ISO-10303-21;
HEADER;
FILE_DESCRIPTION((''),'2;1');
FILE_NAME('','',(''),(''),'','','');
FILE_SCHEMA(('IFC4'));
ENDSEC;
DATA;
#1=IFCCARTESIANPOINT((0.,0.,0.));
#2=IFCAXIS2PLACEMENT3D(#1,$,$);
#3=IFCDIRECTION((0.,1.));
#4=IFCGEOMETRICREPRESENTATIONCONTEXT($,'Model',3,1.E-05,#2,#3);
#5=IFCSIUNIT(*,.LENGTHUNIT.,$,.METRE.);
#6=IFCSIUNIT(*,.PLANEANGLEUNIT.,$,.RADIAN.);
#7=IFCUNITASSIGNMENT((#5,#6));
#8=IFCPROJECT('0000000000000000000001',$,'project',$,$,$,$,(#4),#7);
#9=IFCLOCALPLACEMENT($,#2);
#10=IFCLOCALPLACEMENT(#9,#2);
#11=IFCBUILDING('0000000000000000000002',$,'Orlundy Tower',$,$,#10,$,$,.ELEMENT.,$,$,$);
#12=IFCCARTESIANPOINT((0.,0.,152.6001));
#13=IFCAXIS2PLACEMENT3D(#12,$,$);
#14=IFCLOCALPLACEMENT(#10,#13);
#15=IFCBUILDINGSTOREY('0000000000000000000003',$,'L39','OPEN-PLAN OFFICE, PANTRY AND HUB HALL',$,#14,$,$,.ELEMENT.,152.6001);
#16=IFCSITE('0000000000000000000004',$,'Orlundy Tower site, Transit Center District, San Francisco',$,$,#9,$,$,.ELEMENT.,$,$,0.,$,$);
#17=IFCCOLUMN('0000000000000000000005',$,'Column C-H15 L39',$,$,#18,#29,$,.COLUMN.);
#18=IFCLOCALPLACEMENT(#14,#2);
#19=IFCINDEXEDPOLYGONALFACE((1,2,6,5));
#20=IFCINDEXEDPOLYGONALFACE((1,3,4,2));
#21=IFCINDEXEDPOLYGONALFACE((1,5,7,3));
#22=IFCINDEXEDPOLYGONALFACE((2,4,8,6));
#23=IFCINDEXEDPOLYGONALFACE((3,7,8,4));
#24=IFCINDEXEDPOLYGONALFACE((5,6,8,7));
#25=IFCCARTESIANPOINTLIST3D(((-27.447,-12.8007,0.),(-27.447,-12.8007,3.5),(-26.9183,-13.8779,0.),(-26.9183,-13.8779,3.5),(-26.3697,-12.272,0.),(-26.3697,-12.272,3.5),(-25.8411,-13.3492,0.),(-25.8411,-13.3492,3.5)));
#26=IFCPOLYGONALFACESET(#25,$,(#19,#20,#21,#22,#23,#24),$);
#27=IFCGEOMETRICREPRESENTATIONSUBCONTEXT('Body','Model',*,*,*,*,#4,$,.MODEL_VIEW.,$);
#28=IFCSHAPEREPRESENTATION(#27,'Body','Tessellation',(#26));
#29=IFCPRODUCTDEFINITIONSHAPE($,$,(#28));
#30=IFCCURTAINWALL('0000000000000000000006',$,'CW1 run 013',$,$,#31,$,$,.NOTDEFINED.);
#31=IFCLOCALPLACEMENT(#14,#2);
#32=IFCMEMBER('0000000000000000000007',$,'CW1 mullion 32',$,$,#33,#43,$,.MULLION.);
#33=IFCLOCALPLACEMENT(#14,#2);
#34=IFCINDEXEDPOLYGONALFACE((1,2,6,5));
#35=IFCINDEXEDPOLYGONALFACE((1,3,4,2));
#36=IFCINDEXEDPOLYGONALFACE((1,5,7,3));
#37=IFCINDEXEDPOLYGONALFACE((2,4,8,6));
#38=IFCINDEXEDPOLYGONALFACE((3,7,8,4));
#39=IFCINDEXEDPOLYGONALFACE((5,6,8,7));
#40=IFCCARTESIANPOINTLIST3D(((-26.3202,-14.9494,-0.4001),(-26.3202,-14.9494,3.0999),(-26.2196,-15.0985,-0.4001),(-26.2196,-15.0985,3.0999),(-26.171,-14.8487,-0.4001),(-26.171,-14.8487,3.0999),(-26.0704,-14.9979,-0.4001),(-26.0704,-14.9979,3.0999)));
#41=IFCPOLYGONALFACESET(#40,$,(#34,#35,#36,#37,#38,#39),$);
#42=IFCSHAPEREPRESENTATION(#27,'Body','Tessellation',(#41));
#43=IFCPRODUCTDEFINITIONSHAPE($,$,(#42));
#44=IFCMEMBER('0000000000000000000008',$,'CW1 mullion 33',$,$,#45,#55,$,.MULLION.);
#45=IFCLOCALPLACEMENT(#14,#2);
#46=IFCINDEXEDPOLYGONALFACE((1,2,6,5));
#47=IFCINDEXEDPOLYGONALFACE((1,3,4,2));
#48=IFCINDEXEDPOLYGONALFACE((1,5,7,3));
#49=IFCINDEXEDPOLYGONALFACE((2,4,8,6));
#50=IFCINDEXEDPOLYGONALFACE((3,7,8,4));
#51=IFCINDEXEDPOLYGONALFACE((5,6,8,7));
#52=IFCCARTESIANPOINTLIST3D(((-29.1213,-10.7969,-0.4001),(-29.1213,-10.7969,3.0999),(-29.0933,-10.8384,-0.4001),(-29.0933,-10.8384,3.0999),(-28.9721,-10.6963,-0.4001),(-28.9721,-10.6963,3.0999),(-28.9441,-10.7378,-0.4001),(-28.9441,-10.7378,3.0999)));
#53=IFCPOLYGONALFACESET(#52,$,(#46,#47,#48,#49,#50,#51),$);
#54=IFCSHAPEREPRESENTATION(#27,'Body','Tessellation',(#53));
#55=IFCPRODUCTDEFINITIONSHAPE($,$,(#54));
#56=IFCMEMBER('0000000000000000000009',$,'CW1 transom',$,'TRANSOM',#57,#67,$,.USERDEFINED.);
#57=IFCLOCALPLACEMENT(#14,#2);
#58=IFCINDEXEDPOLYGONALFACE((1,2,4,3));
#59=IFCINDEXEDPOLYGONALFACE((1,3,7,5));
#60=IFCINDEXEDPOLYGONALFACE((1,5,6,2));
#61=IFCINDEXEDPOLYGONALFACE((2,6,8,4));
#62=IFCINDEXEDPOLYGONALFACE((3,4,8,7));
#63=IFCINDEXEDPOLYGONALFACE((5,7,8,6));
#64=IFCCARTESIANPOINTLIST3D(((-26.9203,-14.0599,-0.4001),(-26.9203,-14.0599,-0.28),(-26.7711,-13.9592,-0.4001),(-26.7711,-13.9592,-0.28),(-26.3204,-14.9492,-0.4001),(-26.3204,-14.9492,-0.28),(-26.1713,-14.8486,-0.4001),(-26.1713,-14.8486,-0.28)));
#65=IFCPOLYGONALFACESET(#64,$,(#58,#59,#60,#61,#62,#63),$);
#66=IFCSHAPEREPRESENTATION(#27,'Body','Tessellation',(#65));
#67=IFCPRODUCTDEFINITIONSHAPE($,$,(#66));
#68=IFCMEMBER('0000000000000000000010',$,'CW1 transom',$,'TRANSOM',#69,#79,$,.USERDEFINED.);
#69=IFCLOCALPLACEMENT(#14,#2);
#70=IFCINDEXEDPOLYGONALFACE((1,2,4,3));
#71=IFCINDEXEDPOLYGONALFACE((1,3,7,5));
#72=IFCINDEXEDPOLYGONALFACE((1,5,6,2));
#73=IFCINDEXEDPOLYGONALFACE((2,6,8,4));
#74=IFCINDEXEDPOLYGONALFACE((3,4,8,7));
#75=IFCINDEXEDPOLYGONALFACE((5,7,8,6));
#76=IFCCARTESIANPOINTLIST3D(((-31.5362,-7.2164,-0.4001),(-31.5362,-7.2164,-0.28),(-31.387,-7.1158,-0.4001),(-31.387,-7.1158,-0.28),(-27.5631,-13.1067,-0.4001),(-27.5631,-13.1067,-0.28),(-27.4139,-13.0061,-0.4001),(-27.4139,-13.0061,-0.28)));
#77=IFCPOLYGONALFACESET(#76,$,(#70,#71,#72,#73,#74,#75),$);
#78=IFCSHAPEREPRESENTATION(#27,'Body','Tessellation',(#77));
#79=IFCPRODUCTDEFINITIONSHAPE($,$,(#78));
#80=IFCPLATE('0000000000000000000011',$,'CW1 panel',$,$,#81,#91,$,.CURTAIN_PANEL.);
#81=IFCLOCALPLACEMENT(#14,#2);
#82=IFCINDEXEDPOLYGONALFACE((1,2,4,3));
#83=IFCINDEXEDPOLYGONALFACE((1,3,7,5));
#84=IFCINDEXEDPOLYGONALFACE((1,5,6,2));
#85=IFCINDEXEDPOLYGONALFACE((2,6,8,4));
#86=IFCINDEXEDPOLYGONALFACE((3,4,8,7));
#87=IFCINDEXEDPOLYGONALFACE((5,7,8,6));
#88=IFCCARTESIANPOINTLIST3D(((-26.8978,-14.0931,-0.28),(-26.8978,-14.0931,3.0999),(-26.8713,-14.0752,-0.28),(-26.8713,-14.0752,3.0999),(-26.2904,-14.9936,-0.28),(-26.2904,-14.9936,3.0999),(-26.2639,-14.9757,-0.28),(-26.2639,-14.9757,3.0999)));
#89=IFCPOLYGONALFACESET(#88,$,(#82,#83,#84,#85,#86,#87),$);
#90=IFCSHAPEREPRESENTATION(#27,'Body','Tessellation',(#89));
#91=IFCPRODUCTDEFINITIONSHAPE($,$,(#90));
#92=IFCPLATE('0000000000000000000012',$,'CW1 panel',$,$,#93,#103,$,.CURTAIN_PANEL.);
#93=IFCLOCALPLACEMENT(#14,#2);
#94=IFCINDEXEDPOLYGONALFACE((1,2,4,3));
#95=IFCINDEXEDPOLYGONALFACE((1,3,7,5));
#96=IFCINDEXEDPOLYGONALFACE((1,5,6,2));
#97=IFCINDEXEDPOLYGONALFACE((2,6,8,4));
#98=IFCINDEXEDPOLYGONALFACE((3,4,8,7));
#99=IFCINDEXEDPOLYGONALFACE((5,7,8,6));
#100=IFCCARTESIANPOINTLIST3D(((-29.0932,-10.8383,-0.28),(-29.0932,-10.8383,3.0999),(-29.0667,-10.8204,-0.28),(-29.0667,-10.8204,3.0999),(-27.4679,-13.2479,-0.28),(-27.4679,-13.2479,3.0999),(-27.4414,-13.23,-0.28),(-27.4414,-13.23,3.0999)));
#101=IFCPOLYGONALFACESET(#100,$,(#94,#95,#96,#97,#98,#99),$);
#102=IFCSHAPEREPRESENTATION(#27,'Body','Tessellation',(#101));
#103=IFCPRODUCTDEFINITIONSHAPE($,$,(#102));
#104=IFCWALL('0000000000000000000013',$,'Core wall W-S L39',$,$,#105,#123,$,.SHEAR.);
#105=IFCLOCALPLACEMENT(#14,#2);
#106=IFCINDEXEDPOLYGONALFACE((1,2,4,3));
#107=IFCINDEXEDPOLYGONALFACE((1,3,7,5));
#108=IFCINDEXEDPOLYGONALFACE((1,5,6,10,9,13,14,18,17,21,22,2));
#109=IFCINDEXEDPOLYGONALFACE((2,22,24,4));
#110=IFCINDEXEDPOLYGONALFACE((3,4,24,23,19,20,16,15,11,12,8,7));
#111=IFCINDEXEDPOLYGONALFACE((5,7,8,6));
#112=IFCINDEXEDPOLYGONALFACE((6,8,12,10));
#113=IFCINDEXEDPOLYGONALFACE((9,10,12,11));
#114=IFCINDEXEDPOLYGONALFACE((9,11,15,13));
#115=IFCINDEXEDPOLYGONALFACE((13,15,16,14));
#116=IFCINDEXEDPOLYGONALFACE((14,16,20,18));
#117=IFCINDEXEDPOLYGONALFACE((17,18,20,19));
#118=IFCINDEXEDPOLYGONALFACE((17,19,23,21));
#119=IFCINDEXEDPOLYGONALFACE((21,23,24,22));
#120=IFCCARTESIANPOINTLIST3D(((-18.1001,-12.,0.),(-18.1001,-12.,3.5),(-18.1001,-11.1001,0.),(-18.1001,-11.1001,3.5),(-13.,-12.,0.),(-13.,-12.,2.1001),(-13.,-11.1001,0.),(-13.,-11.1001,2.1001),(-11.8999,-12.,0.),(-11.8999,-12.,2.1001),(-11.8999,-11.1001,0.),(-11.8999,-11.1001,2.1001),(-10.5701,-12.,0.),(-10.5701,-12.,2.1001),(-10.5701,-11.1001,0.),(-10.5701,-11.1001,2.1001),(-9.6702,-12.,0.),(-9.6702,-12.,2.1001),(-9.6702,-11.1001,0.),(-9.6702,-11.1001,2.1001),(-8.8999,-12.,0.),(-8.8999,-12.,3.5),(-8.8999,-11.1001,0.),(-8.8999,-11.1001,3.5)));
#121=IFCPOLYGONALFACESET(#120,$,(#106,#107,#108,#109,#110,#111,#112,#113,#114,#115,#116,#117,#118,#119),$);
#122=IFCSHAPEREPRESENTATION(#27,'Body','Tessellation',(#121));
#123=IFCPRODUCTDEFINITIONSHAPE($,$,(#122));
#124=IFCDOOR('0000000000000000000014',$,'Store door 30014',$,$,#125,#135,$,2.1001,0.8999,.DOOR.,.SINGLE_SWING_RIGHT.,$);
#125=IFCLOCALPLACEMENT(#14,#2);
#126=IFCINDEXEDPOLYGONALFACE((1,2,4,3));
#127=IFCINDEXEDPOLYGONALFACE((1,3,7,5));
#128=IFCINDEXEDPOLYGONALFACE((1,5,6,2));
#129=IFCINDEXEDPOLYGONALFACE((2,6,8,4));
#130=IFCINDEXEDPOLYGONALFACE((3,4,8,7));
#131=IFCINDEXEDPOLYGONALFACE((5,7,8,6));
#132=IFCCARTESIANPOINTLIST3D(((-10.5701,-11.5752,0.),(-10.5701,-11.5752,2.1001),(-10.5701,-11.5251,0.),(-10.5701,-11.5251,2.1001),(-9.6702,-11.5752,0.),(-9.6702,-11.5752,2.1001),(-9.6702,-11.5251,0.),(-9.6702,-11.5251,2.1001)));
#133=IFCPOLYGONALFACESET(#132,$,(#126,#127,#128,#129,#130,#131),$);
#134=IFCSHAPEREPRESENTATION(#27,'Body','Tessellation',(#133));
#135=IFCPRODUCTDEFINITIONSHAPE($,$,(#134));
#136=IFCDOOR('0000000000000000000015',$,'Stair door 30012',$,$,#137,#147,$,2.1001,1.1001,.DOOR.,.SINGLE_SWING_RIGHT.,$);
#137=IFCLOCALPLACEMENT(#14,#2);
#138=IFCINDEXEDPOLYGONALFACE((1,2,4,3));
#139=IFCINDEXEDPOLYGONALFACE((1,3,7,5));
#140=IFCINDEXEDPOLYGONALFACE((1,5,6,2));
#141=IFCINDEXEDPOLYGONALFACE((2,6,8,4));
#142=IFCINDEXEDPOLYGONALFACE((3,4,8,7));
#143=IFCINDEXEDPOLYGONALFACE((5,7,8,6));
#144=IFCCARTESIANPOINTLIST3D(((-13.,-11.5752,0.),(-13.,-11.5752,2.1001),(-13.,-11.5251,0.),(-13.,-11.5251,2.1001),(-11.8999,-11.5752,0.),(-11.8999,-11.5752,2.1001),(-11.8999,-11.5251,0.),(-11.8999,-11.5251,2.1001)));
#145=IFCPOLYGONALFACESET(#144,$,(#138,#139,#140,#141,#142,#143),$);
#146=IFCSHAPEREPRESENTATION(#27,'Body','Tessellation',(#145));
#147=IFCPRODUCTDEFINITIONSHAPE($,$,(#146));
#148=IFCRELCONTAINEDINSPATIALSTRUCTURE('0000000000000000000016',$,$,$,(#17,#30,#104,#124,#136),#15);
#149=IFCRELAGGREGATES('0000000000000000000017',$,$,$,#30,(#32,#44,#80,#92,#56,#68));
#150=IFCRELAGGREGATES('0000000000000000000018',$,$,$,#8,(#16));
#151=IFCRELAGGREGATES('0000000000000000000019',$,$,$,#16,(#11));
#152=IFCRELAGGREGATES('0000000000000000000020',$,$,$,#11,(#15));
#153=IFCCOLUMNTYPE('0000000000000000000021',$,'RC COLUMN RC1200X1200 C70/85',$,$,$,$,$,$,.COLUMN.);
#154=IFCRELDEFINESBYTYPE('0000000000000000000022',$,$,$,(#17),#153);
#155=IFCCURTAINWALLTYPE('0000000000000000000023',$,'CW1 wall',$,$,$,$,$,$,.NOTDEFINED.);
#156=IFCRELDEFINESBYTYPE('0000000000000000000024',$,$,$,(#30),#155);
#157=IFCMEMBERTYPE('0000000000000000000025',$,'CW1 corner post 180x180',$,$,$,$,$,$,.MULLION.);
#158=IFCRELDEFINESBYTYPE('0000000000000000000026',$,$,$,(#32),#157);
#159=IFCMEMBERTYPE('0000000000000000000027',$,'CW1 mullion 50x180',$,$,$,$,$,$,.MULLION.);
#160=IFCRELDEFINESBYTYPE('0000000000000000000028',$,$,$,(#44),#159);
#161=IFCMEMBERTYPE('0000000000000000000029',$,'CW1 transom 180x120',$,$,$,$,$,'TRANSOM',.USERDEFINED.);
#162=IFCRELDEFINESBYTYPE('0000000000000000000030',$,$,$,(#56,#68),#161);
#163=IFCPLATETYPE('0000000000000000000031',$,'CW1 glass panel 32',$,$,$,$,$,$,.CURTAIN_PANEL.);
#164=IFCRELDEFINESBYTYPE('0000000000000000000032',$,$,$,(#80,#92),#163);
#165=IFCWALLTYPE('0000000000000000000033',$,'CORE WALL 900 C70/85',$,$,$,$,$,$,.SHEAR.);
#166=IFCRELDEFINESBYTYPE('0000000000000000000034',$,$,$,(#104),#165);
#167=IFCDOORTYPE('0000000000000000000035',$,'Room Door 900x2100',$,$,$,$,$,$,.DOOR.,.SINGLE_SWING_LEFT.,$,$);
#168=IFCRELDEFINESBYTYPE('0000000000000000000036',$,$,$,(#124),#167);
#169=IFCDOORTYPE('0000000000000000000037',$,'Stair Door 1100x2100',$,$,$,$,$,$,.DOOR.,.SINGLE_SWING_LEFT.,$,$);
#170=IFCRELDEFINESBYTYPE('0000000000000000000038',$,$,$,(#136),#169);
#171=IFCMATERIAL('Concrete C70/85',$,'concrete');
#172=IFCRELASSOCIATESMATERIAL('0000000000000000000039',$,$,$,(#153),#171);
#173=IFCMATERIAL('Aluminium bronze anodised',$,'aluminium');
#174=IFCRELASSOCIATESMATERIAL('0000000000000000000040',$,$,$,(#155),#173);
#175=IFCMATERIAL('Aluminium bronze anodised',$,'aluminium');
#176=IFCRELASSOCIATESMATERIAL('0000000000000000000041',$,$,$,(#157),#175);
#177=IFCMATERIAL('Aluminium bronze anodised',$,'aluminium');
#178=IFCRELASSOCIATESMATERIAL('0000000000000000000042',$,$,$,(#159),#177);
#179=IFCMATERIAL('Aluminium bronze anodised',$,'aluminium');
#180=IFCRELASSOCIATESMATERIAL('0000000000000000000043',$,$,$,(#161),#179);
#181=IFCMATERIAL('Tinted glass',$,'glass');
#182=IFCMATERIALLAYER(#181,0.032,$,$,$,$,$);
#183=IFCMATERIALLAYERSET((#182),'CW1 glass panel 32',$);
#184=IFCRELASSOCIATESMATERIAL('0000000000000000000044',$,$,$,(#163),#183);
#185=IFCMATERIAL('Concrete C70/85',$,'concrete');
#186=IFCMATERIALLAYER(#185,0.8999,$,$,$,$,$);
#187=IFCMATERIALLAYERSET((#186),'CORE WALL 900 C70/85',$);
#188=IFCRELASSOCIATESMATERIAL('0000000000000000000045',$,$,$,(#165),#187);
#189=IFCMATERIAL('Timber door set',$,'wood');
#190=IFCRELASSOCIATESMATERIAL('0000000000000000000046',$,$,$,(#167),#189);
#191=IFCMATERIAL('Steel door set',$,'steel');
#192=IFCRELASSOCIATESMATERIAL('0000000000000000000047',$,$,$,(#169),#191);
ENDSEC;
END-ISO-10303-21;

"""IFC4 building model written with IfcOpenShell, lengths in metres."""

from ifc_helpers import new_model, si_unit, direction, frame, frame_2d, origin, origin_2d, place, context, subcontext, project, spatial, rectangle, extrude, material, layer, layer_set, material_profile, profile_set, type_object, element, fill, aggregate, save


model = new_model("IFC4")

# Units and contexts
model_context = context("Model", 3, precision=1e-05, world=origin(), true_north=direction((0.0, 1.0)))
body_context = subcontext(model_context, "Body", "Model", "MODEL_VIEW")
ifc_project = project(units=[si_unit("LENGTHUNIT", "METRE"), si_unit("PLANEANGLEUNIT", "RADIAN")], contexts=[model_context])

# Site, building, storey
site_placement = place(None, origin())
site = spatial("IfcSite", under=ifc_project, at=site_placement, Name="Orlundy Tower site, Transit Center District, San Francisco", CompositionType="ELEMENT", RefElevation=0.0)
building_placement = place(site_placement, origin())
building = spatial("IfcBuilding", under=site, at=building_placement, Name="Orlundy Tower", CompositionType="ELEMENT")
storey_placement = place(building_placement, frame((0.0, 0.0, 152.6001)))
storey = spatial("IfcBuildingStorey", under=building, at=storey_placement, Name="L39", Description="OPEN-PLAN OFFICE, PANTRY AND HUB HALL", CompositionType="ELEMENT", Elevation=152.6001)

# Column
ifc_material_1 = material(Name="Concrete C70/85", Category="concrete")
ifc_material_profile_1 = material_profile(ifc_material_1, rectangle(XDim=1.2, YDim=1.2, at=origin_2d()), Name="RC1200X1200")
ifc_profile_set_1 = profile_set([ifc_material_profile_1], Name="Concrete C70/85")
column_type = type_object("IfcColumnType", Name="RC COLUMN RC1200X1200 C70/85", PredefinedType="COLUMN", material=ifc_profile_set_1)
column_placement = place(storey_placement, frame((-26.644, -13.075, 0.0), z_axis=(0.0, 0.0, 1.0), x_axis=(-0.897728, -0.44055, 0.0)))
element("IfcColumn", 1, at=column_placement, inside=storey, type_object=column_type, Name="Column C-H15 L39", PredefinedType="COLUMN", context=body_context, shape_type="SweptSolid", body=[
    extrude(rectangle(XDim=1.2, YDim=1.2, at=origin_2d()), origin(), (0.0, 0.0, 1.0), 3.5),
])

# Curtain wall, members, plates
ifc_material_2 = material(Name="Aluminium bronze anodised", Category="aluminium")
curtain_wall_type = type_object("IfcCurtainWallType", Name="CW1 wall", PredefinedType="NOTDEFINED", material=ifc_material_2)
curtain_wall_placement = place(storey_placement, origin())
curtain_wall = element("IfcCurtainWall", 2, at=curtain_wall_placement, inside=storey, type_object=curtain_wall_type, Name="CW1 run 013", PredefinedType="NOTDEFINED")
ifc_material_3 = material(Name="Aluminium bronze anodised", Category="aluminium")
ifc_material_profile_2 = material_profile(ifc_material_3, rectangle(XDim=0.1799, YDim=0.1799, at=origin_2d()), Name="CW1 corner post 180x180")
ifc_profile_set_2 = profile_set([ifc_material_profile_2], Name="Aluminium bronze anodised")
member_type_1 = type_object("IfcMemberType", Name="CW1 corner post 180x180", PredefinedType="MULLION", material=ifc_profile_set_2)
member_1_placement = place(storey_placement, frame((-26.1953, -14.9736, -0.4001), z_axis=(0.0, 0.0, 1.0), x_axis=(-0.829032, -0.559201, 0.0)))
member_1 = element("IfcMember", 3, at=member_1_placement, type_object=member_type_1, Name="CW1 mullion 32", PredefinedType="MULLION", context=body_context, shape_type="SweptSolid", body=[
    extrude(rectangle(XDim=0.1799, YDim=0.1799, at=origin_2d()), origin(), (0.0, 0.0, 1.0), 3.5),
])
ifc_material_4 = material(Name="Aluminium bronze anodised", Category="aluminium")
ifc_material_profile_3 = material_profile(ifc_material_4, rectangle(XDim=0.1799, YDim=0.05, at=origin_2d()), Name="CW1 mullion 50x180")
ifc_profile_set_3 = profile_set([ifc_material_profile_3], Name="Aluminium bronze anodised")
member_type_2 = type_object("IfcMemberType", Name="CW1 mullion 50x180", PredefinedType="MULLION", material=ifc_profile_set_3)
member_2_placement = place(storey_placement, frame((-29.0327, -10.7673, -0.4001), z_axis=(0.0, 0.0, 1.0), x_axis=(-0.829032, -0.559201, 0.0)))
member_2 = element("IfcMember", 4, at=member_2_placement, type_object=member_type_2, Name="CW1 mullion 33", PredefinedType="MULLION", context=body_context, shape_type="SweptSolid", body=[
    extrude(rectangle(XDim=0.1799, YDim=0.05, at=origin_2d()), origin(), (0.0, 0.0, 1.0), 3.5),
])
ifc_material_5 = material(Name="Aluminium bronze anodised", Category="aluminium")
ifc_material_profile_4 = material_profile(ifc_material_5, rectangle(XDim=0.1799, YDim=0.1201, at=origin_2d()), Name="CW1 transom 180x120")
ifc_profile_set_4 = profile_set([ifc_material_profile_4], Name="Aluminium bronze anodised")
member_type_3 = type_object("IfcMemberType", Name="CW1 transom 180x120", ElementType="TRANSOM", PredefinedType="USERDEFINED", material=ifc_profile_set_4)
member_3_placement = place(storey_placement, frame((-26.2458, -14.8989, -0.3401), z_axis=(-0.559156, 0.829062, 0.0), x_axis=(-0.829062, -0.559156, 0.0)))
member_3 = element("IfcMember", 5, at=member_3_placement, type_object=member_type_3, Name="CW1 transom", ObjectType="TRANSOM", PredefinedType="USERDEFINED", context=body_context, shape_type="SweptSolid", body=[
    extrude(rectangle(XDim=0.1799, YDim=0.1201, at=origin_2d()), origin(), (0.0, 0.0, 1.0), 1.0728),
])
member_4_placement = place(storey_placement, frame((-27.4885, -13.0564, -0.3401), z_axis=(-0.559196, 0.829035, 0.0), x_axis=(-0.829035, -0.559196, 0.0)))
member_4 = element("IfcMember", 6, at=member_4_placement, type_object=member_type_3, Name="CW1 transom", ObjectType="TRANSOM", PredefinedType="USERDEFINED", context=body_context, shape_type="SweptSolid", body=[
    extrude(rectangle(XDim=0.1799, YDim=0.1201, at=origin_2d()), origin(), (0.0, 0.0, 1.0), 7.105),
])
ifc_material_6 = material(Name="Tinted glass", Category="glass")
ifc_layer_1 = layer(ifc_material_6, 0.032)
ifc_layer_set_1 = layer_set([ifc_layer_1], Name="CW1 glass panel 32")
plate_type = type_object("IfcPlateType", Name="CW1 glass panel 32", PredefinedType="CURTAIN_PANEL", material=ifc_layer_set_1)
plate_1_placement = place(storey_placement, frame((-26.5808, -14.5344, -0.28), z_axis=(0.0, 0.0, 1.0), x_axis=(-0.559201, 0.829032, 0.0)))
plate_1 = element("IfcPlate", 7, at=plate_1_placement, type_object=plate_type, Name="CW1 panel", PredefinedType="CURTAIN_PANEL", context=body_context, shape_type="SweptSolid", body=[
    extrude(rectangle(XDim=1.0862, YDim=0.032, at=origin_2d()), origin(), (0.0, 0.0, 1.0), 3.3799),
])
plate_2_placement = place(storey_placement, frame((-28.2673, -12.0342, -0.28), z_axis=(0.0, 0.0, 1.0), x_axis=(-0.559201, 0.829032, 0.0)))
plate_2 = element("IfcPlate", 8, at=plate_2_placement, type_object=plate_type, Name="CW1 panel", PredefinedType="CURTAIN_PANEL", context=body_context, shape_type="SweptSolid", body=[
    extrude(rectangle(XDim=2.9065, YDim=0.032, at=origin_2d()), origin(), (0.0, 0.0, 1.0), 3.3799),
])
aggregate(curtain_wall, [member_1, member_2, plate_1, plate_2, member_3, member_4])

# Wall, openings, doors
ifc_material_7 = material(Name="Concrete C70/85", Category="concrete")
ifc_layer_2 = layer(ifc_material_7, 0.8999)
ifc_layer_set_2 = layer_set([ifc_layer_2], Name="CORE WALL 900 C70/85")
wall_type_1 = type_object("IfcWallType", Name="CORE WALL 900 C70/85", PredefinedType="SHEAR", material=ifc_layer_set_2)
wall_1_placement = place(storey_placement, frame((-18.1001, -11.55, 0.0), z_axis=(0.0, 0.0, 1.0), x_axis=(1.0, 0.0, 0.0)))
wall_1 = element("IfcWall", 9, at=wall_1_placement, inside=storey, type_object=wall_type_1, Name="Core wall W-S L39", PredefinedType="SHEAR", context=body_context, shape_type="SweptSolid", body=[
    extrude(rectangle(XDim=9.2002, YDim=0.8999, at=frame_2d((4.6001, 0.0))), origin(), (0.0, 0.0, 1.0), 3.5),
])
opening_1_placement = place(wall_1_placement, frame((5.1001, 0.0, 0.0)))
opening_1 = element("IfcOpeningElement", 10, at=opening_1_placement, cuts=wall_1, PredefinedType="OPENING", context=body_context, shape_type="SweptSolid", body=[
    extrude(rectangle(XDim=1.1001, YDim=2.1001, at=frame_2d((0.55, 1.05))), frame((0.0, 0.46, 0.0), z_axis=(0.0, -1.0, 0.0), x_axis=(1.0, 0.0, 0.0)), (0.0, 0.0, 1.0), 0.9199),
])
opening_2_placement = place(wall_1_placement, frame((7.53, 0.0, 0.0)))
opening_2 = element("IfcOpeningElement", 11, at=opening_2_placement, cuts=wall_1, PredefinedType="OPENING", context=body_context, shape_type="SweptSolid", body=[
    extrude(rectangle(XDim=0.8999, YDim=2.1001, at=frame_2d((0.45, 1.05))), frame((0.0, 0.46, 0.0), z_axis=(0.0, -1.0, 0.0), x_axis=(1.0, 0.0, 0.0)), (0.0, 0.0, 1.0), 0.9199),
])
ifc_material_8 = material(Name="Timber door set", Category="wood")
door_type_1 = type_object("IfcDoorType", Name="Room Door 900x2100", OperationType="SINGLE_SWING_LEFT", PredefinedType="DOOR", material=ifc_material_8)
door_1_placement = place(opening_2_placement, origin())
door_1 = element("IfcDoor", 12, at=door_1_placement, inside=storey, type_object=door_type_1, Name="Store door 30014", OperationType="SINGLE_SWING_RIGHT", OverallHeight=2.1001, OverallWidth=0.8999, PredefinedType="DOOR", context=body_context, shape_type="SweptSolid", body=[
    extrude(rectangle(XDim=0.8999, YDim=2.1001, at=frame_2d((0.45, 1.05))), frame((0.0, 0.0249, 0.0), z_axis=(0.0, -1.0, 0.0), x_axis=(1.0, 0.0, 0.0)), (0.0, 0.0, 1.0), 0.05),
])
fill(opening_2, door_1)
ifc_material_9 = material(Name="Steel door set", Category="steel")
door_type_2 = type_object("IfcDoorType", Name="Stair Door 1100x2100", OperationType="SINGLE_SWING_LEFT", PredefinedType="DOOR", material=ifc_material_9)
door_2_placement = place(opening_1_placement, origin())
door_2 = element("IfcDoor", 13, at=door_2_placement, inside=storey, type_object=door_type_2, Name="Stair door 30012", OperationType="SINGLE_SWING_RIGHT", OverallHeight=2.1001, OverallWidth=1.1001, PredefinedType="DOOR", context=body_context, shape_type="SweptSolid", body=[
    extrude(rectangle(XDim=1.1001, YDim=2.1001, at=frame_2d((0.55, 1.05))), frame((0.0, 0.0249, 0.0), z_axis=(0.0, -1.0, 0.0), x_axis=(1.0, 0.0, 0.0)), (0.0, 0.0, 1.0), 0.05),
])
fill(opening_1, door_2)

save(model, "model.ifc")
